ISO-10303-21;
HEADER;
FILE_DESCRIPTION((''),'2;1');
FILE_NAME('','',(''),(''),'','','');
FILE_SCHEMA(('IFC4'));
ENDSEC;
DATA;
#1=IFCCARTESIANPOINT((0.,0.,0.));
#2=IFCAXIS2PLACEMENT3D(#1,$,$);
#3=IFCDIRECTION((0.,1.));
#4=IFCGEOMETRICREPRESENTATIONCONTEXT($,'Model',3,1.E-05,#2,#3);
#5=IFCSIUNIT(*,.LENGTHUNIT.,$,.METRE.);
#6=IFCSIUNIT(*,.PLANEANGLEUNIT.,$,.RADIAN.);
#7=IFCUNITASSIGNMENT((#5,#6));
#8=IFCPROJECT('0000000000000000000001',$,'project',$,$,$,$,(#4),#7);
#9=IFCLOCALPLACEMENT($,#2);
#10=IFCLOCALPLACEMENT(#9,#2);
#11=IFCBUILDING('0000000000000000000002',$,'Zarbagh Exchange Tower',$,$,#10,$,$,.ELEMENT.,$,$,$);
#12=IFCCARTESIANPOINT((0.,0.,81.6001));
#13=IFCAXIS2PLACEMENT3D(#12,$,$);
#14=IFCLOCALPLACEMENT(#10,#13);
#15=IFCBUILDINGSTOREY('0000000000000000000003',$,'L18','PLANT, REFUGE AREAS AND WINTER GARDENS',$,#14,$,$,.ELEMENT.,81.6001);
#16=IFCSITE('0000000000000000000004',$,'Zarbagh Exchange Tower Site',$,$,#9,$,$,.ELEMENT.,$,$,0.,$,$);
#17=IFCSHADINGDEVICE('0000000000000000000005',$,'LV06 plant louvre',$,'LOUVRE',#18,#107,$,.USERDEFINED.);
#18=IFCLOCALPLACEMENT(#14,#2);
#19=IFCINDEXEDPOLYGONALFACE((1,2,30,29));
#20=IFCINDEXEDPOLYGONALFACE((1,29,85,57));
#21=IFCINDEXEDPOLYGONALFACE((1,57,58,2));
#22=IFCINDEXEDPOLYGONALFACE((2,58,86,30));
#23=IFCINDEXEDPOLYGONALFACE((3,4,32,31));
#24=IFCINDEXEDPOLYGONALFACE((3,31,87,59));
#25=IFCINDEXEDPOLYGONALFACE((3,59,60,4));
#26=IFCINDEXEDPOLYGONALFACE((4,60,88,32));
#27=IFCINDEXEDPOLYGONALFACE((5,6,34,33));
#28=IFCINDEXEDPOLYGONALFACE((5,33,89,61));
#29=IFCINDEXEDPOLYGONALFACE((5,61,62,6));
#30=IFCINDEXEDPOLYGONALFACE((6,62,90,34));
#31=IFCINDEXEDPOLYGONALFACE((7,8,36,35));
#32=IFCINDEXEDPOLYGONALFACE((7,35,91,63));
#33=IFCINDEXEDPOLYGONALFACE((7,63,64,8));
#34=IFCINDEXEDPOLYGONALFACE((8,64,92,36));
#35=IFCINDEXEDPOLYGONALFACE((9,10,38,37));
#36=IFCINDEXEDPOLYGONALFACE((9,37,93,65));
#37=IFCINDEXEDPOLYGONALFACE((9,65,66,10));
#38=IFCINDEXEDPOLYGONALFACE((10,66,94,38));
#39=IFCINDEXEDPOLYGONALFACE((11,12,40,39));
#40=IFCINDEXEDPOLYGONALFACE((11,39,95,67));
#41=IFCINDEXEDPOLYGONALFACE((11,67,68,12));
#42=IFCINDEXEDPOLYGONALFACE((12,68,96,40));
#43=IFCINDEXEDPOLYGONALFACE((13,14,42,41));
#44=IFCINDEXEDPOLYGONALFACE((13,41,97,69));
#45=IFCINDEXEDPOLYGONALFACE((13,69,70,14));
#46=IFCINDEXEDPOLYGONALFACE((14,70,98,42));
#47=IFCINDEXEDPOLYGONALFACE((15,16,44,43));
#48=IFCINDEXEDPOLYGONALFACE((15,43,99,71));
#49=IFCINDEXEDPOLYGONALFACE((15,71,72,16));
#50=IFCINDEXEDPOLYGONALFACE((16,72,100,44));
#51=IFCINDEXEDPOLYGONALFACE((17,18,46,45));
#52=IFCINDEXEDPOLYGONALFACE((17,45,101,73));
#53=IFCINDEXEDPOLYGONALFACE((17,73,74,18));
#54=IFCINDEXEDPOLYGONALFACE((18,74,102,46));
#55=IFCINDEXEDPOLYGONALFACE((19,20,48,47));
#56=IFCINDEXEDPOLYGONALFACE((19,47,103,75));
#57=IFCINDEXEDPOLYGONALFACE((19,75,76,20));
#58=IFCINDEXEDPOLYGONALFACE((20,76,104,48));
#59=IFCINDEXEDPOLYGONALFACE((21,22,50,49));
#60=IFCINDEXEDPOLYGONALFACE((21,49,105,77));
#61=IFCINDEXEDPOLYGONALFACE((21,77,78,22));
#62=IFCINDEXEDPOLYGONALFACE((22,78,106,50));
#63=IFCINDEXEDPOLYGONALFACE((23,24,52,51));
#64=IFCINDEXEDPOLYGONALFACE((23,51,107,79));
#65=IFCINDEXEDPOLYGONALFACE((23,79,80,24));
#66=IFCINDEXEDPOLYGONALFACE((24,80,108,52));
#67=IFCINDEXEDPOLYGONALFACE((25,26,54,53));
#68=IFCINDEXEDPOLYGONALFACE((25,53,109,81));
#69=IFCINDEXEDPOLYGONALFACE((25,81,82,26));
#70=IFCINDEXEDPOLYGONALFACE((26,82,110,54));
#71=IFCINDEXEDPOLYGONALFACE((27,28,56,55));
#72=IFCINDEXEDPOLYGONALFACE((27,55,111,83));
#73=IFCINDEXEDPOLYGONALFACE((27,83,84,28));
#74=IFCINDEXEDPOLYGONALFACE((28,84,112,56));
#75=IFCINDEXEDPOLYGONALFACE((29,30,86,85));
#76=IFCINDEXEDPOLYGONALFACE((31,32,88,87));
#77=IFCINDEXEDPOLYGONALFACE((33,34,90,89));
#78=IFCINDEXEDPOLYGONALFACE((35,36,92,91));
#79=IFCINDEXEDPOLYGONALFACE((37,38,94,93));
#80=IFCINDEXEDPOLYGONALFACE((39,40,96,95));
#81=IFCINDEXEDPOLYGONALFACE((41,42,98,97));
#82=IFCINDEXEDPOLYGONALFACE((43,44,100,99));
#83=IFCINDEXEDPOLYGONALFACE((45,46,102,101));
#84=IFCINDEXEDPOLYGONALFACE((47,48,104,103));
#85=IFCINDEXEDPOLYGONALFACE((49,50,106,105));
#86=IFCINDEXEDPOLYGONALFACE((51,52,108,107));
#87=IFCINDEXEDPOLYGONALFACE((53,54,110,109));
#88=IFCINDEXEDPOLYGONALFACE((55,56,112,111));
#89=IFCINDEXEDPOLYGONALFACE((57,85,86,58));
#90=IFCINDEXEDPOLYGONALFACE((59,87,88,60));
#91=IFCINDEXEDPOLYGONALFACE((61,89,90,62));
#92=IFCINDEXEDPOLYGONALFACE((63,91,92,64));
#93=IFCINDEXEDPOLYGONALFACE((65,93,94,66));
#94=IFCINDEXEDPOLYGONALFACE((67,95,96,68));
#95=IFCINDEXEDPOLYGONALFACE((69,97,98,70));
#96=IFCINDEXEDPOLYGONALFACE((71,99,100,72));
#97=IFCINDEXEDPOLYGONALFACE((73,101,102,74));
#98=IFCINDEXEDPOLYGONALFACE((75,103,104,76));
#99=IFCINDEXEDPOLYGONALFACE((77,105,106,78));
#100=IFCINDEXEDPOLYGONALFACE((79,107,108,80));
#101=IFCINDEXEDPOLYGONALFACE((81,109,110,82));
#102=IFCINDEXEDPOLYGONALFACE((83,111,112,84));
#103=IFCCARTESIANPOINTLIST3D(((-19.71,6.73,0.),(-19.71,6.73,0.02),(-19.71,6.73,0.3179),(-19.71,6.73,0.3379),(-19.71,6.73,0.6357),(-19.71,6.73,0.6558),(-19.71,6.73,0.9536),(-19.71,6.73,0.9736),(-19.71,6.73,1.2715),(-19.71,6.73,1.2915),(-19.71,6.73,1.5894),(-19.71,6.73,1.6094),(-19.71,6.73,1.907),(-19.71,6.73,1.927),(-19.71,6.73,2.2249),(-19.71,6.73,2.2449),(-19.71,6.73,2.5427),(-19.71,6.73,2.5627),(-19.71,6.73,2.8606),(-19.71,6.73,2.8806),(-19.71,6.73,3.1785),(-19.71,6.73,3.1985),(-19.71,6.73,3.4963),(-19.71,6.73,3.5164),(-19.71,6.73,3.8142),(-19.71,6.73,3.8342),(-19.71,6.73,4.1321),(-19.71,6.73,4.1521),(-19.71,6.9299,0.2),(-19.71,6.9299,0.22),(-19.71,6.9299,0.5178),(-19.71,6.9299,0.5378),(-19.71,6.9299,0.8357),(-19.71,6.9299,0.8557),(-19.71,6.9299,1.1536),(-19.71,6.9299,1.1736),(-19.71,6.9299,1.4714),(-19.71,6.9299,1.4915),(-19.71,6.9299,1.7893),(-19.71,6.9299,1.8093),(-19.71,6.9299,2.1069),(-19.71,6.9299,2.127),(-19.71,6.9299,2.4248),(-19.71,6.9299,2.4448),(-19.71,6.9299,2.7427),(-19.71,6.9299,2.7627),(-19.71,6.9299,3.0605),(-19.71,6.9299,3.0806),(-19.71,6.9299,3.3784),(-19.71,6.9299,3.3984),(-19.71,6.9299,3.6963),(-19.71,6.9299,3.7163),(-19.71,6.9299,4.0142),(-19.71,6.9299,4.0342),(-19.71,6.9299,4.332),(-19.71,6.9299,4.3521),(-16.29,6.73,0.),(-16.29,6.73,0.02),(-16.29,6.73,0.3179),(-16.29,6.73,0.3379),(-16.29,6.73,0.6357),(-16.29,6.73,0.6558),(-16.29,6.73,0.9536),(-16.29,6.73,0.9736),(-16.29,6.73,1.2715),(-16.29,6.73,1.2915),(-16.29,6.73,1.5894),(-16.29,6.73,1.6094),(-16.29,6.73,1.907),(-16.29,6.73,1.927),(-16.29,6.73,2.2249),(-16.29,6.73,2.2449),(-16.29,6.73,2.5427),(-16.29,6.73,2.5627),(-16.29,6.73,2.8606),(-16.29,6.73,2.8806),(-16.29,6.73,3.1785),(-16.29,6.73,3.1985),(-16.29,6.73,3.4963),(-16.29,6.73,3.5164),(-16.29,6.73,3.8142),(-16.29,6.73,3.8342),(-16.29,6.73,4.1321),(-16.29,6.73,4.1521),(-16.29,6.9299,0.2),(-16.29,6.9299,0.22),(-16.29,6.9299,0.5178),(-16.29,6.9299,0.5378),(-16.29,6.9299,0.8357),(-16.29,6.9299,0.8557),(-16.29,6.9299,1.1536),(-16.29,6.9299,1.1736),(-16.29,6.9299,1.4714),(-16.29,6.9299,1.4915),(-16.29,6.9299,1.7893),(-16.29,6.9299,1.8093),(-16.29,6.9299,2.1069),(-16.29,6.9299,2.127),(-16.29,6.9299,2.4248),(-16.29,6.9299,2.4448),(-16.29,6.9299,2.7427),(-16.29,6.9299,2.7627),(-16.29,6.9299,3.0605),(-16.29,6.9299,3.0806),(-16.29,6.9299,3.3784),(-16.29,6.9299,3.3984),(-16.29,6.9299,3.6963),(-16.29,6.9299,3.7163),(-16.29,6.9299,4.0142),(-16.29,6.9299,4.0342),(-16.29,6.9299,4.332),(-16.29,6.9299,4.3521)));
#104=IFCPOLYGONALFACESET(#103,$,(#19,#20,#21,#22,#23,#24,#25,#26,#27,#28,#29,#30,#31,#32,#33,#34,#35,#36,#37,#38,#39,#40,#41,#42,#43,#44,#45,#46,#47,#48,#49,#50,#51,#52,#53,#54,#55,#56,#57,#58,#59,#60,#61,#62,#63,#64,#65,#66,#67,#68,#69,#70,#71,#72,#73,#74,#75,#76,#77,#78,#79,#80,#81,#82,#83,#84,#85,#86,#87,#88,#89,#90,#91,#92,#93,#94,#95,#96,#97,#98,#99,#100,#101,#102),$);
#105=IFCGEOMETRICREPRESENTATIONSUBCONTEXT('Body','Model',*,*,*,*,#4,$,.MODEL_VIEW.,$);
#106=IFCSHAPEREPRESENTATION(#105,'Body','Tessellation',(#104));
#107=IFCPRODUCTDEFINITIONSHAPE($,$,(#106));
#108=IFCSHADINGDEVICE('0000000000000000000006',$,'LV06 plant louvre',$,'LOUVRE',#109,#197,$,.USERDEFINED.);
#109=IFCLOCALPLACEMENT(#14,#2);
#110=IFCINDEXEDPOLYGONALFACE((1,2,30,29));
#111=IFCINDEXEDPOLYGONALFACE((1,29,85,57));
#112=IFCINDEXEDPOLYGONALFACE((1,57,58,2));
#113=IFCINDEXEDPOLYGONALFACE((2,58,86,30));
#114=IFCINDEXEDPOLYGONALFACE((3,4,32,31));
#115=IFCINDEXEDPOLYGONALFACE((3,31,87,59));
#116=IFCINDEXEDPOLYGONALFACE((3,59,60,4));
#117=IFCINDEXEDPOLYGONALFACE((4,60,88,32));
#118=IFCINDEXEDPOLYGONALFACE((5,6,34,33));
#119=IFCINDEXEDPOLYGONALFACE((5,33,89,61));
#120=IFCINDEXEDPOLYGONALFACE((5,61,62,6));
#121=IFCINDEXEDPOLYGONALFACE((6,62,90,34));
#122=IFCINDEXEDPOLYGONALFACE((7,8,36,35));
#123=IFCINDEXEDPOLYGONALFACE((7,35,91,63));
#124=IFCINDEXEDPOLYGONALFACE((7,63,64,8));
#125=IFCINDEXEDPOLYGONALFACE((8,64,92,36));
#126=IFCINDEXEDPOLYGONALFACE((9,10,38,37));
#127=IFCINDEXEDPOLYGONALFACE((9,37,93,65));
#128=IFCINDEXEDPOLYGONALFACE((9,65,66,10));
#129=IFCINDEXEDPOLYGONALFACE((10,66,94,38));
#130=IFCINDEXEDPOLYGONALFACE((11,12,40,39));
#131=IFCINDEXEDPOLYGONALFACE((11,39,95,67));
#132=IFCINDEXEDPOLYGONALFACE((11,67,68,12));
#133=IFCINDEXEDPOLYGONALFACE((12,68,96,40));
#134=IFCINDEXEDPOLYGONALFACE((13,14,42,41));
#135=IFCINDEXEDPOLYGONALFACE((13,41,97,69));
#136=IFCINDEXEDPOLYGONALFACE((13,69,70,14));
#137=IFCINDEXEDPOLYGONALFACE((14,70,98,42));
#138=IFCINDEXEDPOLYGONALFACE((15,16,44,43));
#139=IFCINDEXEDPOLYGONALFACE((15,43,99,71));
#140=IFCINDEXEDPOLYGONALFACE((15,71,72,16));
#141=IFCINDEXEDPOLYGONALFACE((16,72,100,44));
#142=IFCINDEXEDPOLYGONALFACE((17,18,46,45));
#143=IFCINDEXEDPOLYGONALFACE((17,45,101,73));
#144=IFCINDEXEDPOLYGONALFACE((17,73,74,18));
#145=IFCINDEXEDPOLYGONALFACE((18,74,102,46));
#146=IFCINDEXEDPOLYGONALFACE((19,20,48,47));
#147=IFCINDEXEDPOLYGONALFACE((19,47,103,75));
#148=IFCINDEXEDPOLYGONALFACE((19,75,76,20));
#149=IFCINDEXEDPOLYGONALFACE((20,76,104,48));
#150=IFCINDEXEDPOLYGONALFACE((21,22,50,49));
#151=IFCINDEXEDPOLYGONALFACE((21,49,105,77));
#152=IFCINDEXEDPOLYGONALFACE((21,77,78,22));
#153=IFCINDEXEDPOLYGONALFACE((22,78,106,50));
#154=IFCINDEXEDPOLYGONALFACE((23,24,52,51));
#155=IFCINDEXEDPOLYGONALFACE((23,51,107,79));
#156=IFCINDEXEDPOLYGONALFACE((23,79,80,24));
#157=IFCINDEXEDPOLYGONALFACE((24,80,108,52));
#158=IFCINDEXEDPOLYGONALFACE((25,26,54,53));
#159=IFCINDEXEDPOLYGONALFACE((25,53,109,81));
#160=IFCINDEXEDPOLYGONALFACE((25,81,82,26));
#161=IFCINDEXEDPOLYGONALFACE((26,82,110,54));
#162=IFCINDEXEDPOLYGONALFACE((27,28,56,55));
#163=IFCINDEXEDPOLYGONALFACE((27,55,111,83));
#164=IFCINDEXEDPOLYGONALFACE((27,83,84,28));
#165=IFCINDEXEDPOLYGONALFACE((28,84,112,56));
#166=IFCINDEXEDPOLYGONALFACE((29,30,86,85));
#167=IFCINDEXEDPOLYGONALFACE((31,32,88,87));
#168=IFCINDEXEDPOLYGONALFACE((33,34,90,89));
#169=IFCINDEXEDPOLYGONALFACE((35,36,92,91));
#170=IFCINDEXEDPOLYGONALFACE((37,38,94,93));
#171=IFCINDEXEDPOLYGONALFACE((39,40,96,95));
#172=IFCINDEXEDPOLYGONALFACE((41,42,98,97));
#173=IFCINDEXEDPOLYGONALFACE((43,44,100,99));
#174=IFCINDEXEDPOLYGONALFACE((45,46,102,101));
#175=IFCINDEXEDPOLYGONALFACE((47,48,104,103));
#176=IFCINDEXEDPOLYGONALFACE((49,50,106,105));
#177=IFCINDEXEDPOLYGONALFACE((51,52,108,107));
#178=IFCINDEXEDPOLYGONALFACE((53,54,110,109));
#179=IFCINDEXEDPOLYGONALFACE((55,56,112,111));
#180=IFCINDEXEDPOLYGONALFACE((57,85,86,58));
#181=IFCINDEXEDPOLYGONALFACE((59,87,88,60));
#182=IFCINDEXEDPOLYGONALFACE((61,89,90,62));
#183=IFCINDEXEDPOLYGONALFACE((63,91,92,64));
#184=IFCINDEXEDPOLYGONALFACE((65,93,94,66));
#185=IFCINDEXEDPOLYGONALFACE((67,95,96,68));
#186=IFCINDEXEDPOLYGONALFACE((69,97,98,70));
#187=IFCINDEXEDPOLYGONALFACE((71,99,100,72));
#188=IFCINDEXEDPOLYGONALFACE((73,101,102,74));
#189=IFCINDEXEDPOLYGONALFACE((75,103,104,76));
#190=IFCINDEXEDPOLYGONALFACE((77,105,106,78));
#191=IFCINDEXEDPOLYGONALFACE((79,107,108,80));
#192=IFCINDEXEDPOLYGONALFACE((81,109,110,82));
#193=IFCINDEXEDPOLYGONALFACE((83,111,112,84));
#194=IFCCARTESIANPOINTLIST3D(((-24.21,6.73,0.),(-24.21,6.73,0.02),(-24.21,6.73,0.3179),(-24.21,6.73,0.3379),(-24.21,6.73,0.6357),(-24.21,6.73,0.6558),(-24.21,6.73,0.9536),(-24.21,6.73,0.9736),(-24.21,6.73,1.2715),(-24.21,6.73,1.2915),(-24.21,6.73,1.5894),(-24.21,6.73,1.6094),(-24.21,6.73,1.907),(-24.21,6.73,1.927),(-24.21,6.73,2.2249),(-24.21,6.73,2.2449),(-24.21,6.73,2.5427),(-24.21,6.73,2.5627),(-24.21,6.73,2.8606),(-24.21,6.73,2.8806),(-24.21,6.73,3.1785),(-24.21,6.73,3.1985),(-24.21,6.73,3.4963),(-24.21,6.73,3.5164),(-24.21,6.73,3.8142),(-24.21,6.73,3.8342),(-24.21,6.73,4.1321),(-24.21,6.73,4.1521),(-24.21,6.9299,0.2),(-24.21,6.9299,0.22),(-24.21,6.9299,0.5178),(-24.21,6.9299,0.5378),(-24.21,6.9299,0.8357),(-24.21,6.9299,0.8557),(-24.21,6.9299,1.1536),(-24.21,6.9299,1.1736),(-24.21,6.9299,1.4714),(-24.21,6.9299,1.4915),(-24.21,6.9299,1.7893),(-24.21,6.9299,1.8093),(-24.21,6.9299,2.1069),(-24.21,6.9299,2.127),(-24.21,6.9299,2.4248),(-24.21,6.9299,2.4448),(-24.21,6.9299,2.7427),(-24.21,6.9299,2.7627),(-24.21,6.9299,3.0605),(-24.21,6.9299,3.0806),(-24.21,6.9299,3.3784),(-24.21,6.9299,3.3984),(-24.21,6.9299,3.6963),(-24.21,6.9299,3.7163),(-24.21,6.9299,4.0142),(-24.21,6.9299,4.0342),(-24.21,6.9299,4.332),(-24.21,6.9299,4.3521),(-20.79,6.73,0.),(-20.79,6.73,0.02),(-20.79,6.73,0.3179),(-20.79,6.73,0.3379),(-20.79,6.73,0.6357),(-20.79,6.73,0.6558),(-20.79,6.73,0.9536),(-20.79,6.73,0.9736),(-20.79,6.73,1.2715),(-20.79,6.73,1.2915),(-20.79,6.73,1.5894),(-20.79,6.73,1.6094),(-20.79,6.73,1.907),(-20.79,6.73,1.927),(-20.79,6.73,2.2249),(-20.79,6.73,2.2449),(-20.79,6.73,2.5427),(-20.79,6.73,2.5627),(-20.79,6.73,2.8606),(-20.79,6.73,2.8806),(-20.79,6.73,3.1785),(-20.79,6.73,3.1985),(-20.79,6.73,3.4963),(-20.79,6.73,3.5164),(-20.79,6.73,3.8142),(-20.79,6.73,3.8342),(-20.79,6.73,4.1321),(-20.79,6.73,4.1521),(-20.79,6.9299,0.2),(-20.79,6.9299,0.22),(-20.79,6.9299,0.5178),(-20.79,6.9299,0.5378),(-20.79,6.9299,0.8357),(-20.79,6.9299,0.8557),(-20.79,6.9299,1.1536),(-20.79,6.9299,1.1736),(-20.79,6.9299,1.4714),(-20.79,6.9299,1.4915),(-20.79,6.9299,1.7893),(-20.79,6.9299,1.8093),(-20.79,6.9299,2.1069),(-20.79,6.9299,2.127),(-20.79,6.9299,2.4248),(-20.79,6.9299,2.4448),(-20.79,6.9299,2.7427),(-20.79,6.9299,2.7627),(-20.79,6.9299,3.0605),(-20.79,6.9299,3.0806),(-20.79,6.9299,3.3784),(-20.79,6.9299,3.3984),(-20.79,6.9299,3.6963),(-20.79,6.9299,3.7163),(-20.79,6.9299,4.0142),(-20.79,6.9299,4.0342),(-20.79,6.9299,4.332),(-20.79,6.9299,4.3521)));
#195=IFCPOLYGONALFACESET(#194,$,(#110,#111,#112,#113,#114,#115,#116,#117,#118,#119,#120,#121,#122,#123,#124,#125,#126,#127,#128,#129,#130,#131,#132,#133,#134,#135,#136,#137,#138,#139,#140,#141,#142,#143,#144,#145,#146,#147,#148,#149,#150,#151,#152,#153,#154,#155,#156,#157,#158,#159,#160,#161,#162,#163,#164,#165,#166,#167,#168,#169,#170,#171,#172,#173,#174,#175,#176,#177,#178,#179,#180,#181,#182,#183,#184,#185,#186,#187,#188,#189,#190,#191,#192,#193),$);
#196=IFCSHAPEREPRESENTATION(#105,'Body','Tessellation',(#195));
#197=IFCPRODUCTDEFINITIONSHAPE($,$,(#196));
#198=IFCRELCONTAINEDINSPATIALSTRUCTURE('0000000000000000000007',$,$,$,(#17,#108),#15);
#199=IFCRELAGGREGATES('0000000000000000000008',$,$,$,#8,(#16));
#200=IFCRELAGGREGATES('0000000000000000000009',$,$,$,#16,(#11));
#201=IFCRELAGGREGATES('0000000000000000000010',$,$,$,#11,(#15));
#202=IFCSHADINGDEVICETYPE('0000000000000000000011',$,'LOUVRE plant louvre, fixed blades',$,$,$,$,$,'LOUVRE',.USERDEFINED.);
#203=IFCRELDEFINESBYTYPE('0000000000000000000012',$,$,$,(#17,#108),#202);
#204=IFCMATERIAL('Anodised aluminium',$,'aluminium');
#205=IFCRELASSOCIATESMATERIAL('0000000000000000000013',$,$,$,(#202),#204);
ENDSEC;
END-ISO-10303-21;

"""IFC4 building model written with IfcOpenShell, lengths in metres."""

from ifc_helpers import new_model, si_unit, direction, frame, origin, place, context, subcontext, project, spatial, polyline, outline, extrude, source, transform, mapped, material, type_object, element, save


model = new_model("IFC4")

# Units and contexts
model_context = context("Model", 3, precision=1e-05, world=origin(), true_north=direction((0.0, 1.0)))
body_context = subcontext(model_context, "Body", "Model", "MODEL_VIEW")
ifc_project = project(units=[si_unit("LENGTHUNIT", "METRE"), si_unit("PLANEANGLEUNIT", "RADIAN")], contexts=[model_context])

# Site, building, storey
site_placement = place(None, origin())
site = spatial("IfcSite", under=ifc_project, at=site_placement, Name="Zarbagh Exchange Tower Site", CompositionType="ELEMENT", RefElevation=0.0)
building_placement = place(site_placement, origin())
building = spatial("IfcBuilding", under=site, at=building_placement, Name="Zarbagh Exchange Tower", CompositionType="ELEMENT")
storey_placement = place(building_placement, frame((0.0, 0.0, 81.6001)))
storey = spatial("IfcBuildingStorey", under=building, at=storey_placement, Name="L18", Description="PLANT, REFUGE AREAS AND WINTER GARDENS", CompositionType="ELEMENT", Elevation=81.6001)

# Shared definitions
placement = place(storey_placement, origin())

# Shading devices
ifc_material_1 = material(Name="Anodised aluminium", Category="aluminium")
shading_device_type = type_object("IfcShadingDeviceType", Name="LOUVRE plant louvre, fixed blades", ElementType="LOUVRE", PredefinedType="USERDEFINED", material=ifc_material_1)
shared_shape_1 = source(origin(), body_context, "Body", "SweptSolid", [
    extrude(outline(polyline([(0.0, 0.2), (0.2, 0.0), (0.2, -0.02), (0.0, 0.1799), (0.0, 0.2)])), origin(), (0.0, 0.0, 1.0), 3.4199),
])
element("IfcShadingDevice", 1, at=placement, inside=storey, type_object=shading_device_type, Name="LV06 plant louvre", ObjectType="LOUVRE", PredefinedType="USERDEFINED", context=body_context, shape_type="MappedRepresentation", body=[
    mapped(shared_shape_1, transform((-16.29, 6.73, 0.2), x_axis=(0.0, 1.0, 0.0), y_axis=(0.0, 0.0, -1.0), z_axis=(-1.0, 0.0, 0.0))),
    mapped(shared_shape_1, transform((-16.29, 6.73, 0.5178), x_axis=(0.0, 1.0, 0.0), y_axis=(0.0, 0.0, -1.0), z_axis=(-1.0, 0.0, 0.0))),
    mapped(shared_shape_1, transform((-16.29, 6.73, 0.8357), x_axis=(0.0, 1.0, 0.0), y_axis=(0.0, 0.0, -1.0), z_axis=(-1.0, 0.0, 0.0))),
    mapped(shared_shape_1, transform((-16.29, 6.73, 1.1536), x_axis=(0.0, 1.0, 0.0), y_axis=(0.0, 0.0, -1.0), z_axis=(-1.0, 0.0, 0.0))),
    mapped(shared_shape_1, transform((-16.29, 6.73, 1.4714), x_axis=(0.0, 1.0, 0.0), y_axis=(0.0, 0.0, -1.0), z_axis=(-1.0, 0.0, 0.0))),
    mapped(shared_shape_1, transform((-16.29, 6.73, 1.7893), x_axis=(0.0, 1.0, 0.0), y_axis=(0.0, 0.0, -1.0), z_axis=(-1.0, 0.0, 0.0))),
    mapped(shared_shape_1, transform((-16.29, 6.73, 2.1069), x_axis=(0.0, 1.0, 0.0), y_axis=(0.0, 0.0, -1.0), z_axis=(-1.0, 0.0, 0.0))),
    mapped(shared_shape_1, transform((-16.29, 6.73, 2.4248), x_axis=(0.0, 1.0, 0.0), y_axis=(0.0, 0.0, -1.0), z_axis=(-1.0, 0.0, 0.0))),
    mapped(shared_shape_1, transform((-16.29, 6.73, 2.7427), x_axis=(0.0, 1.0, 0.0), y_axis=(0.0, 0.0, -1.0), z_axis=(-1.0, 0.0, 0.0))),
    mapped(shared_shape_1, transform((-16.29, 6.73, 3.0605), x_axis=(0.0, 1.0, 0.0), y_axis=(0.0, 0.0, -1.0), z_axis=(-1.0, 0.0, 0.0))),
    mapped(shared_shape_1, transform((-16.29, 6.73, 3.3784), x_axis=(0.0, 1.0, 0.0), y_axis=(0.0, 0.0, -1.0), z_axis=(-1.0, 0.0, 0.0))),
    mapped(shared_shape_1, transform((-16.29, 6.73, 3.6963), x_axis=(0.0, 1.0, 0.0), y_axis=(0.0, 0.0, -1.0), z_axis=(-1.0, 0.0, 0.0))),
    mapped(shared_shape_1, transform((-16.29, 6.73, 4.0142), x_axis=(0.0, 1.0, 0.0), y_axis=(0.0, 0.0, -1.0), z_axis=(-1.0, 0.0, 0.0))),
    mapped(shared_shape_1, transform((-16.29, 6.73, 4.332), x_axis=(0.0, 1.0, 0.0), y_axis=(0.0, 0.0, -1.0), z_axis=(-1.0, 0.0, 0.0))),
])
element("IfcShadingDevice", 2, at=placement, inside=storey, type_object=shading_device_type, Name="LV06 plant louvre", ObjectType="LOUVRE", PredefinedType="USERDEFINED", context=body_context, shape_type="MappedRepresentation", body=[
    mapped(shared_shape_1, transform((-20.79, 6.73, 0.2), x_axis=(0.0, 1.0, 0.0), y_axis=(0.0, 0.0, -1.0), z_axis=(-1.0, 0.0, 0.0))),
    mapped(shared_shape_1, transform((-20.79, 6.73, 0.5178), x_axis=(0.0, 1.0, 0.0), y_axis=(0.0, 0.0, -1.0), z_axis=(-1.0, 0.0, 0.0))),
    mapped(shared_shape_1, transform((-20.79, 6.73, 0.8357), x_axis=(0.0, 1.0, 0.0), y_axis=(0.0, 0.0, -1.0), z_axis=(-1.0, 0.0, 0.0))),
    mapped(shared_shape_1, transform((-20.79, 6.73, 1.1536), x_axis=(0.0, 1.0, 0.0), y_axis=(0.0, 0.0, -1.0), z_axis=(-1.0, 0.0, 0.0))),
    mapped(shared_shape_1, transform((-20.79, 6.73, 1.4714), x_axis=(0.0, 1.0, 0.0), y_axis=(0.0, 0.0, -1.0), z_axis=(-1.0, 0.0, 0.0))),
    mapped(shared_shape_1, transform((-20.79, 6.73, 1.7893), x_axis=(0.0, 1.0, 0.0), y_axis=(0.0, 0.0, -1.0), z_axis=(-1.0, 0.0, 0.0))),
    mapped(shared_shape_1, transform((-20.79, 6.73, 2.1069), x_axis=(0.0, 1.0, 0.0), y_axis=(0.0, 0.0, -1.0), z_axis=(-1.0, 0.0, 0.0))),
    mapped(shared_shape_1, transform((-20.79, 6.73, 2.4248), x_axis=(0.0, 1.0, 0.0), y_axis=(0.0, 0.0, -1.0), z_axis=(-1.0, 0.0, 0.0))),
    mapped(shared_shape_1, transform((-20.79, 6.73, 2.7427), x_axis=(0.0, 1.0, 0.0), y_axis=(0.0, 0.0, -1.0), z_axis=(-1.0, 0.0, 0.0))),
    mapped(shared_shape_1, transform((-20.79, 6.73, 3.0605), x_axis=(0.0, 1.0, 0.0), y_axis=(0.0, 0.0, -1.0), z_axis=(-1.0, 0.0, 0.0))),
    mapped(shared_shape_1, transform((-20.79, 6.73, 3.3784), x_axis=(0.0, 1.0, 0.0), y_axis=(0.0, 0.0, -1.0), z_axis=(-1.0, 0.0, 0.0))),
    mapped(shared_shape_1, transform((-20.79, 6.73, 3.6963), x_axis=(0.0, 1.0, 0.0), y_axis=(0.0, 0.0, -1.0), z_axis=(-1.0, 0.0, 0.0))),
    mapped(shared_shape_1, transform((-20.79, 6.73, 4.0142), x_axis=(0.0, 1.0, 0.0), y_axis=(0.0, 0.0, -1.0), z_axis=(-1.0, 0.0, 0.0))),
    mapped(shared_shape_1, transform((-20.79, 6.73, 4.332), x_axis=(0.0, 1.0, 0.0), y_axis=(0.0, 0.0, -1.0), z_axis=(-1.0, 0.0, 0.0))),
])

save(model, "model.ifc")
